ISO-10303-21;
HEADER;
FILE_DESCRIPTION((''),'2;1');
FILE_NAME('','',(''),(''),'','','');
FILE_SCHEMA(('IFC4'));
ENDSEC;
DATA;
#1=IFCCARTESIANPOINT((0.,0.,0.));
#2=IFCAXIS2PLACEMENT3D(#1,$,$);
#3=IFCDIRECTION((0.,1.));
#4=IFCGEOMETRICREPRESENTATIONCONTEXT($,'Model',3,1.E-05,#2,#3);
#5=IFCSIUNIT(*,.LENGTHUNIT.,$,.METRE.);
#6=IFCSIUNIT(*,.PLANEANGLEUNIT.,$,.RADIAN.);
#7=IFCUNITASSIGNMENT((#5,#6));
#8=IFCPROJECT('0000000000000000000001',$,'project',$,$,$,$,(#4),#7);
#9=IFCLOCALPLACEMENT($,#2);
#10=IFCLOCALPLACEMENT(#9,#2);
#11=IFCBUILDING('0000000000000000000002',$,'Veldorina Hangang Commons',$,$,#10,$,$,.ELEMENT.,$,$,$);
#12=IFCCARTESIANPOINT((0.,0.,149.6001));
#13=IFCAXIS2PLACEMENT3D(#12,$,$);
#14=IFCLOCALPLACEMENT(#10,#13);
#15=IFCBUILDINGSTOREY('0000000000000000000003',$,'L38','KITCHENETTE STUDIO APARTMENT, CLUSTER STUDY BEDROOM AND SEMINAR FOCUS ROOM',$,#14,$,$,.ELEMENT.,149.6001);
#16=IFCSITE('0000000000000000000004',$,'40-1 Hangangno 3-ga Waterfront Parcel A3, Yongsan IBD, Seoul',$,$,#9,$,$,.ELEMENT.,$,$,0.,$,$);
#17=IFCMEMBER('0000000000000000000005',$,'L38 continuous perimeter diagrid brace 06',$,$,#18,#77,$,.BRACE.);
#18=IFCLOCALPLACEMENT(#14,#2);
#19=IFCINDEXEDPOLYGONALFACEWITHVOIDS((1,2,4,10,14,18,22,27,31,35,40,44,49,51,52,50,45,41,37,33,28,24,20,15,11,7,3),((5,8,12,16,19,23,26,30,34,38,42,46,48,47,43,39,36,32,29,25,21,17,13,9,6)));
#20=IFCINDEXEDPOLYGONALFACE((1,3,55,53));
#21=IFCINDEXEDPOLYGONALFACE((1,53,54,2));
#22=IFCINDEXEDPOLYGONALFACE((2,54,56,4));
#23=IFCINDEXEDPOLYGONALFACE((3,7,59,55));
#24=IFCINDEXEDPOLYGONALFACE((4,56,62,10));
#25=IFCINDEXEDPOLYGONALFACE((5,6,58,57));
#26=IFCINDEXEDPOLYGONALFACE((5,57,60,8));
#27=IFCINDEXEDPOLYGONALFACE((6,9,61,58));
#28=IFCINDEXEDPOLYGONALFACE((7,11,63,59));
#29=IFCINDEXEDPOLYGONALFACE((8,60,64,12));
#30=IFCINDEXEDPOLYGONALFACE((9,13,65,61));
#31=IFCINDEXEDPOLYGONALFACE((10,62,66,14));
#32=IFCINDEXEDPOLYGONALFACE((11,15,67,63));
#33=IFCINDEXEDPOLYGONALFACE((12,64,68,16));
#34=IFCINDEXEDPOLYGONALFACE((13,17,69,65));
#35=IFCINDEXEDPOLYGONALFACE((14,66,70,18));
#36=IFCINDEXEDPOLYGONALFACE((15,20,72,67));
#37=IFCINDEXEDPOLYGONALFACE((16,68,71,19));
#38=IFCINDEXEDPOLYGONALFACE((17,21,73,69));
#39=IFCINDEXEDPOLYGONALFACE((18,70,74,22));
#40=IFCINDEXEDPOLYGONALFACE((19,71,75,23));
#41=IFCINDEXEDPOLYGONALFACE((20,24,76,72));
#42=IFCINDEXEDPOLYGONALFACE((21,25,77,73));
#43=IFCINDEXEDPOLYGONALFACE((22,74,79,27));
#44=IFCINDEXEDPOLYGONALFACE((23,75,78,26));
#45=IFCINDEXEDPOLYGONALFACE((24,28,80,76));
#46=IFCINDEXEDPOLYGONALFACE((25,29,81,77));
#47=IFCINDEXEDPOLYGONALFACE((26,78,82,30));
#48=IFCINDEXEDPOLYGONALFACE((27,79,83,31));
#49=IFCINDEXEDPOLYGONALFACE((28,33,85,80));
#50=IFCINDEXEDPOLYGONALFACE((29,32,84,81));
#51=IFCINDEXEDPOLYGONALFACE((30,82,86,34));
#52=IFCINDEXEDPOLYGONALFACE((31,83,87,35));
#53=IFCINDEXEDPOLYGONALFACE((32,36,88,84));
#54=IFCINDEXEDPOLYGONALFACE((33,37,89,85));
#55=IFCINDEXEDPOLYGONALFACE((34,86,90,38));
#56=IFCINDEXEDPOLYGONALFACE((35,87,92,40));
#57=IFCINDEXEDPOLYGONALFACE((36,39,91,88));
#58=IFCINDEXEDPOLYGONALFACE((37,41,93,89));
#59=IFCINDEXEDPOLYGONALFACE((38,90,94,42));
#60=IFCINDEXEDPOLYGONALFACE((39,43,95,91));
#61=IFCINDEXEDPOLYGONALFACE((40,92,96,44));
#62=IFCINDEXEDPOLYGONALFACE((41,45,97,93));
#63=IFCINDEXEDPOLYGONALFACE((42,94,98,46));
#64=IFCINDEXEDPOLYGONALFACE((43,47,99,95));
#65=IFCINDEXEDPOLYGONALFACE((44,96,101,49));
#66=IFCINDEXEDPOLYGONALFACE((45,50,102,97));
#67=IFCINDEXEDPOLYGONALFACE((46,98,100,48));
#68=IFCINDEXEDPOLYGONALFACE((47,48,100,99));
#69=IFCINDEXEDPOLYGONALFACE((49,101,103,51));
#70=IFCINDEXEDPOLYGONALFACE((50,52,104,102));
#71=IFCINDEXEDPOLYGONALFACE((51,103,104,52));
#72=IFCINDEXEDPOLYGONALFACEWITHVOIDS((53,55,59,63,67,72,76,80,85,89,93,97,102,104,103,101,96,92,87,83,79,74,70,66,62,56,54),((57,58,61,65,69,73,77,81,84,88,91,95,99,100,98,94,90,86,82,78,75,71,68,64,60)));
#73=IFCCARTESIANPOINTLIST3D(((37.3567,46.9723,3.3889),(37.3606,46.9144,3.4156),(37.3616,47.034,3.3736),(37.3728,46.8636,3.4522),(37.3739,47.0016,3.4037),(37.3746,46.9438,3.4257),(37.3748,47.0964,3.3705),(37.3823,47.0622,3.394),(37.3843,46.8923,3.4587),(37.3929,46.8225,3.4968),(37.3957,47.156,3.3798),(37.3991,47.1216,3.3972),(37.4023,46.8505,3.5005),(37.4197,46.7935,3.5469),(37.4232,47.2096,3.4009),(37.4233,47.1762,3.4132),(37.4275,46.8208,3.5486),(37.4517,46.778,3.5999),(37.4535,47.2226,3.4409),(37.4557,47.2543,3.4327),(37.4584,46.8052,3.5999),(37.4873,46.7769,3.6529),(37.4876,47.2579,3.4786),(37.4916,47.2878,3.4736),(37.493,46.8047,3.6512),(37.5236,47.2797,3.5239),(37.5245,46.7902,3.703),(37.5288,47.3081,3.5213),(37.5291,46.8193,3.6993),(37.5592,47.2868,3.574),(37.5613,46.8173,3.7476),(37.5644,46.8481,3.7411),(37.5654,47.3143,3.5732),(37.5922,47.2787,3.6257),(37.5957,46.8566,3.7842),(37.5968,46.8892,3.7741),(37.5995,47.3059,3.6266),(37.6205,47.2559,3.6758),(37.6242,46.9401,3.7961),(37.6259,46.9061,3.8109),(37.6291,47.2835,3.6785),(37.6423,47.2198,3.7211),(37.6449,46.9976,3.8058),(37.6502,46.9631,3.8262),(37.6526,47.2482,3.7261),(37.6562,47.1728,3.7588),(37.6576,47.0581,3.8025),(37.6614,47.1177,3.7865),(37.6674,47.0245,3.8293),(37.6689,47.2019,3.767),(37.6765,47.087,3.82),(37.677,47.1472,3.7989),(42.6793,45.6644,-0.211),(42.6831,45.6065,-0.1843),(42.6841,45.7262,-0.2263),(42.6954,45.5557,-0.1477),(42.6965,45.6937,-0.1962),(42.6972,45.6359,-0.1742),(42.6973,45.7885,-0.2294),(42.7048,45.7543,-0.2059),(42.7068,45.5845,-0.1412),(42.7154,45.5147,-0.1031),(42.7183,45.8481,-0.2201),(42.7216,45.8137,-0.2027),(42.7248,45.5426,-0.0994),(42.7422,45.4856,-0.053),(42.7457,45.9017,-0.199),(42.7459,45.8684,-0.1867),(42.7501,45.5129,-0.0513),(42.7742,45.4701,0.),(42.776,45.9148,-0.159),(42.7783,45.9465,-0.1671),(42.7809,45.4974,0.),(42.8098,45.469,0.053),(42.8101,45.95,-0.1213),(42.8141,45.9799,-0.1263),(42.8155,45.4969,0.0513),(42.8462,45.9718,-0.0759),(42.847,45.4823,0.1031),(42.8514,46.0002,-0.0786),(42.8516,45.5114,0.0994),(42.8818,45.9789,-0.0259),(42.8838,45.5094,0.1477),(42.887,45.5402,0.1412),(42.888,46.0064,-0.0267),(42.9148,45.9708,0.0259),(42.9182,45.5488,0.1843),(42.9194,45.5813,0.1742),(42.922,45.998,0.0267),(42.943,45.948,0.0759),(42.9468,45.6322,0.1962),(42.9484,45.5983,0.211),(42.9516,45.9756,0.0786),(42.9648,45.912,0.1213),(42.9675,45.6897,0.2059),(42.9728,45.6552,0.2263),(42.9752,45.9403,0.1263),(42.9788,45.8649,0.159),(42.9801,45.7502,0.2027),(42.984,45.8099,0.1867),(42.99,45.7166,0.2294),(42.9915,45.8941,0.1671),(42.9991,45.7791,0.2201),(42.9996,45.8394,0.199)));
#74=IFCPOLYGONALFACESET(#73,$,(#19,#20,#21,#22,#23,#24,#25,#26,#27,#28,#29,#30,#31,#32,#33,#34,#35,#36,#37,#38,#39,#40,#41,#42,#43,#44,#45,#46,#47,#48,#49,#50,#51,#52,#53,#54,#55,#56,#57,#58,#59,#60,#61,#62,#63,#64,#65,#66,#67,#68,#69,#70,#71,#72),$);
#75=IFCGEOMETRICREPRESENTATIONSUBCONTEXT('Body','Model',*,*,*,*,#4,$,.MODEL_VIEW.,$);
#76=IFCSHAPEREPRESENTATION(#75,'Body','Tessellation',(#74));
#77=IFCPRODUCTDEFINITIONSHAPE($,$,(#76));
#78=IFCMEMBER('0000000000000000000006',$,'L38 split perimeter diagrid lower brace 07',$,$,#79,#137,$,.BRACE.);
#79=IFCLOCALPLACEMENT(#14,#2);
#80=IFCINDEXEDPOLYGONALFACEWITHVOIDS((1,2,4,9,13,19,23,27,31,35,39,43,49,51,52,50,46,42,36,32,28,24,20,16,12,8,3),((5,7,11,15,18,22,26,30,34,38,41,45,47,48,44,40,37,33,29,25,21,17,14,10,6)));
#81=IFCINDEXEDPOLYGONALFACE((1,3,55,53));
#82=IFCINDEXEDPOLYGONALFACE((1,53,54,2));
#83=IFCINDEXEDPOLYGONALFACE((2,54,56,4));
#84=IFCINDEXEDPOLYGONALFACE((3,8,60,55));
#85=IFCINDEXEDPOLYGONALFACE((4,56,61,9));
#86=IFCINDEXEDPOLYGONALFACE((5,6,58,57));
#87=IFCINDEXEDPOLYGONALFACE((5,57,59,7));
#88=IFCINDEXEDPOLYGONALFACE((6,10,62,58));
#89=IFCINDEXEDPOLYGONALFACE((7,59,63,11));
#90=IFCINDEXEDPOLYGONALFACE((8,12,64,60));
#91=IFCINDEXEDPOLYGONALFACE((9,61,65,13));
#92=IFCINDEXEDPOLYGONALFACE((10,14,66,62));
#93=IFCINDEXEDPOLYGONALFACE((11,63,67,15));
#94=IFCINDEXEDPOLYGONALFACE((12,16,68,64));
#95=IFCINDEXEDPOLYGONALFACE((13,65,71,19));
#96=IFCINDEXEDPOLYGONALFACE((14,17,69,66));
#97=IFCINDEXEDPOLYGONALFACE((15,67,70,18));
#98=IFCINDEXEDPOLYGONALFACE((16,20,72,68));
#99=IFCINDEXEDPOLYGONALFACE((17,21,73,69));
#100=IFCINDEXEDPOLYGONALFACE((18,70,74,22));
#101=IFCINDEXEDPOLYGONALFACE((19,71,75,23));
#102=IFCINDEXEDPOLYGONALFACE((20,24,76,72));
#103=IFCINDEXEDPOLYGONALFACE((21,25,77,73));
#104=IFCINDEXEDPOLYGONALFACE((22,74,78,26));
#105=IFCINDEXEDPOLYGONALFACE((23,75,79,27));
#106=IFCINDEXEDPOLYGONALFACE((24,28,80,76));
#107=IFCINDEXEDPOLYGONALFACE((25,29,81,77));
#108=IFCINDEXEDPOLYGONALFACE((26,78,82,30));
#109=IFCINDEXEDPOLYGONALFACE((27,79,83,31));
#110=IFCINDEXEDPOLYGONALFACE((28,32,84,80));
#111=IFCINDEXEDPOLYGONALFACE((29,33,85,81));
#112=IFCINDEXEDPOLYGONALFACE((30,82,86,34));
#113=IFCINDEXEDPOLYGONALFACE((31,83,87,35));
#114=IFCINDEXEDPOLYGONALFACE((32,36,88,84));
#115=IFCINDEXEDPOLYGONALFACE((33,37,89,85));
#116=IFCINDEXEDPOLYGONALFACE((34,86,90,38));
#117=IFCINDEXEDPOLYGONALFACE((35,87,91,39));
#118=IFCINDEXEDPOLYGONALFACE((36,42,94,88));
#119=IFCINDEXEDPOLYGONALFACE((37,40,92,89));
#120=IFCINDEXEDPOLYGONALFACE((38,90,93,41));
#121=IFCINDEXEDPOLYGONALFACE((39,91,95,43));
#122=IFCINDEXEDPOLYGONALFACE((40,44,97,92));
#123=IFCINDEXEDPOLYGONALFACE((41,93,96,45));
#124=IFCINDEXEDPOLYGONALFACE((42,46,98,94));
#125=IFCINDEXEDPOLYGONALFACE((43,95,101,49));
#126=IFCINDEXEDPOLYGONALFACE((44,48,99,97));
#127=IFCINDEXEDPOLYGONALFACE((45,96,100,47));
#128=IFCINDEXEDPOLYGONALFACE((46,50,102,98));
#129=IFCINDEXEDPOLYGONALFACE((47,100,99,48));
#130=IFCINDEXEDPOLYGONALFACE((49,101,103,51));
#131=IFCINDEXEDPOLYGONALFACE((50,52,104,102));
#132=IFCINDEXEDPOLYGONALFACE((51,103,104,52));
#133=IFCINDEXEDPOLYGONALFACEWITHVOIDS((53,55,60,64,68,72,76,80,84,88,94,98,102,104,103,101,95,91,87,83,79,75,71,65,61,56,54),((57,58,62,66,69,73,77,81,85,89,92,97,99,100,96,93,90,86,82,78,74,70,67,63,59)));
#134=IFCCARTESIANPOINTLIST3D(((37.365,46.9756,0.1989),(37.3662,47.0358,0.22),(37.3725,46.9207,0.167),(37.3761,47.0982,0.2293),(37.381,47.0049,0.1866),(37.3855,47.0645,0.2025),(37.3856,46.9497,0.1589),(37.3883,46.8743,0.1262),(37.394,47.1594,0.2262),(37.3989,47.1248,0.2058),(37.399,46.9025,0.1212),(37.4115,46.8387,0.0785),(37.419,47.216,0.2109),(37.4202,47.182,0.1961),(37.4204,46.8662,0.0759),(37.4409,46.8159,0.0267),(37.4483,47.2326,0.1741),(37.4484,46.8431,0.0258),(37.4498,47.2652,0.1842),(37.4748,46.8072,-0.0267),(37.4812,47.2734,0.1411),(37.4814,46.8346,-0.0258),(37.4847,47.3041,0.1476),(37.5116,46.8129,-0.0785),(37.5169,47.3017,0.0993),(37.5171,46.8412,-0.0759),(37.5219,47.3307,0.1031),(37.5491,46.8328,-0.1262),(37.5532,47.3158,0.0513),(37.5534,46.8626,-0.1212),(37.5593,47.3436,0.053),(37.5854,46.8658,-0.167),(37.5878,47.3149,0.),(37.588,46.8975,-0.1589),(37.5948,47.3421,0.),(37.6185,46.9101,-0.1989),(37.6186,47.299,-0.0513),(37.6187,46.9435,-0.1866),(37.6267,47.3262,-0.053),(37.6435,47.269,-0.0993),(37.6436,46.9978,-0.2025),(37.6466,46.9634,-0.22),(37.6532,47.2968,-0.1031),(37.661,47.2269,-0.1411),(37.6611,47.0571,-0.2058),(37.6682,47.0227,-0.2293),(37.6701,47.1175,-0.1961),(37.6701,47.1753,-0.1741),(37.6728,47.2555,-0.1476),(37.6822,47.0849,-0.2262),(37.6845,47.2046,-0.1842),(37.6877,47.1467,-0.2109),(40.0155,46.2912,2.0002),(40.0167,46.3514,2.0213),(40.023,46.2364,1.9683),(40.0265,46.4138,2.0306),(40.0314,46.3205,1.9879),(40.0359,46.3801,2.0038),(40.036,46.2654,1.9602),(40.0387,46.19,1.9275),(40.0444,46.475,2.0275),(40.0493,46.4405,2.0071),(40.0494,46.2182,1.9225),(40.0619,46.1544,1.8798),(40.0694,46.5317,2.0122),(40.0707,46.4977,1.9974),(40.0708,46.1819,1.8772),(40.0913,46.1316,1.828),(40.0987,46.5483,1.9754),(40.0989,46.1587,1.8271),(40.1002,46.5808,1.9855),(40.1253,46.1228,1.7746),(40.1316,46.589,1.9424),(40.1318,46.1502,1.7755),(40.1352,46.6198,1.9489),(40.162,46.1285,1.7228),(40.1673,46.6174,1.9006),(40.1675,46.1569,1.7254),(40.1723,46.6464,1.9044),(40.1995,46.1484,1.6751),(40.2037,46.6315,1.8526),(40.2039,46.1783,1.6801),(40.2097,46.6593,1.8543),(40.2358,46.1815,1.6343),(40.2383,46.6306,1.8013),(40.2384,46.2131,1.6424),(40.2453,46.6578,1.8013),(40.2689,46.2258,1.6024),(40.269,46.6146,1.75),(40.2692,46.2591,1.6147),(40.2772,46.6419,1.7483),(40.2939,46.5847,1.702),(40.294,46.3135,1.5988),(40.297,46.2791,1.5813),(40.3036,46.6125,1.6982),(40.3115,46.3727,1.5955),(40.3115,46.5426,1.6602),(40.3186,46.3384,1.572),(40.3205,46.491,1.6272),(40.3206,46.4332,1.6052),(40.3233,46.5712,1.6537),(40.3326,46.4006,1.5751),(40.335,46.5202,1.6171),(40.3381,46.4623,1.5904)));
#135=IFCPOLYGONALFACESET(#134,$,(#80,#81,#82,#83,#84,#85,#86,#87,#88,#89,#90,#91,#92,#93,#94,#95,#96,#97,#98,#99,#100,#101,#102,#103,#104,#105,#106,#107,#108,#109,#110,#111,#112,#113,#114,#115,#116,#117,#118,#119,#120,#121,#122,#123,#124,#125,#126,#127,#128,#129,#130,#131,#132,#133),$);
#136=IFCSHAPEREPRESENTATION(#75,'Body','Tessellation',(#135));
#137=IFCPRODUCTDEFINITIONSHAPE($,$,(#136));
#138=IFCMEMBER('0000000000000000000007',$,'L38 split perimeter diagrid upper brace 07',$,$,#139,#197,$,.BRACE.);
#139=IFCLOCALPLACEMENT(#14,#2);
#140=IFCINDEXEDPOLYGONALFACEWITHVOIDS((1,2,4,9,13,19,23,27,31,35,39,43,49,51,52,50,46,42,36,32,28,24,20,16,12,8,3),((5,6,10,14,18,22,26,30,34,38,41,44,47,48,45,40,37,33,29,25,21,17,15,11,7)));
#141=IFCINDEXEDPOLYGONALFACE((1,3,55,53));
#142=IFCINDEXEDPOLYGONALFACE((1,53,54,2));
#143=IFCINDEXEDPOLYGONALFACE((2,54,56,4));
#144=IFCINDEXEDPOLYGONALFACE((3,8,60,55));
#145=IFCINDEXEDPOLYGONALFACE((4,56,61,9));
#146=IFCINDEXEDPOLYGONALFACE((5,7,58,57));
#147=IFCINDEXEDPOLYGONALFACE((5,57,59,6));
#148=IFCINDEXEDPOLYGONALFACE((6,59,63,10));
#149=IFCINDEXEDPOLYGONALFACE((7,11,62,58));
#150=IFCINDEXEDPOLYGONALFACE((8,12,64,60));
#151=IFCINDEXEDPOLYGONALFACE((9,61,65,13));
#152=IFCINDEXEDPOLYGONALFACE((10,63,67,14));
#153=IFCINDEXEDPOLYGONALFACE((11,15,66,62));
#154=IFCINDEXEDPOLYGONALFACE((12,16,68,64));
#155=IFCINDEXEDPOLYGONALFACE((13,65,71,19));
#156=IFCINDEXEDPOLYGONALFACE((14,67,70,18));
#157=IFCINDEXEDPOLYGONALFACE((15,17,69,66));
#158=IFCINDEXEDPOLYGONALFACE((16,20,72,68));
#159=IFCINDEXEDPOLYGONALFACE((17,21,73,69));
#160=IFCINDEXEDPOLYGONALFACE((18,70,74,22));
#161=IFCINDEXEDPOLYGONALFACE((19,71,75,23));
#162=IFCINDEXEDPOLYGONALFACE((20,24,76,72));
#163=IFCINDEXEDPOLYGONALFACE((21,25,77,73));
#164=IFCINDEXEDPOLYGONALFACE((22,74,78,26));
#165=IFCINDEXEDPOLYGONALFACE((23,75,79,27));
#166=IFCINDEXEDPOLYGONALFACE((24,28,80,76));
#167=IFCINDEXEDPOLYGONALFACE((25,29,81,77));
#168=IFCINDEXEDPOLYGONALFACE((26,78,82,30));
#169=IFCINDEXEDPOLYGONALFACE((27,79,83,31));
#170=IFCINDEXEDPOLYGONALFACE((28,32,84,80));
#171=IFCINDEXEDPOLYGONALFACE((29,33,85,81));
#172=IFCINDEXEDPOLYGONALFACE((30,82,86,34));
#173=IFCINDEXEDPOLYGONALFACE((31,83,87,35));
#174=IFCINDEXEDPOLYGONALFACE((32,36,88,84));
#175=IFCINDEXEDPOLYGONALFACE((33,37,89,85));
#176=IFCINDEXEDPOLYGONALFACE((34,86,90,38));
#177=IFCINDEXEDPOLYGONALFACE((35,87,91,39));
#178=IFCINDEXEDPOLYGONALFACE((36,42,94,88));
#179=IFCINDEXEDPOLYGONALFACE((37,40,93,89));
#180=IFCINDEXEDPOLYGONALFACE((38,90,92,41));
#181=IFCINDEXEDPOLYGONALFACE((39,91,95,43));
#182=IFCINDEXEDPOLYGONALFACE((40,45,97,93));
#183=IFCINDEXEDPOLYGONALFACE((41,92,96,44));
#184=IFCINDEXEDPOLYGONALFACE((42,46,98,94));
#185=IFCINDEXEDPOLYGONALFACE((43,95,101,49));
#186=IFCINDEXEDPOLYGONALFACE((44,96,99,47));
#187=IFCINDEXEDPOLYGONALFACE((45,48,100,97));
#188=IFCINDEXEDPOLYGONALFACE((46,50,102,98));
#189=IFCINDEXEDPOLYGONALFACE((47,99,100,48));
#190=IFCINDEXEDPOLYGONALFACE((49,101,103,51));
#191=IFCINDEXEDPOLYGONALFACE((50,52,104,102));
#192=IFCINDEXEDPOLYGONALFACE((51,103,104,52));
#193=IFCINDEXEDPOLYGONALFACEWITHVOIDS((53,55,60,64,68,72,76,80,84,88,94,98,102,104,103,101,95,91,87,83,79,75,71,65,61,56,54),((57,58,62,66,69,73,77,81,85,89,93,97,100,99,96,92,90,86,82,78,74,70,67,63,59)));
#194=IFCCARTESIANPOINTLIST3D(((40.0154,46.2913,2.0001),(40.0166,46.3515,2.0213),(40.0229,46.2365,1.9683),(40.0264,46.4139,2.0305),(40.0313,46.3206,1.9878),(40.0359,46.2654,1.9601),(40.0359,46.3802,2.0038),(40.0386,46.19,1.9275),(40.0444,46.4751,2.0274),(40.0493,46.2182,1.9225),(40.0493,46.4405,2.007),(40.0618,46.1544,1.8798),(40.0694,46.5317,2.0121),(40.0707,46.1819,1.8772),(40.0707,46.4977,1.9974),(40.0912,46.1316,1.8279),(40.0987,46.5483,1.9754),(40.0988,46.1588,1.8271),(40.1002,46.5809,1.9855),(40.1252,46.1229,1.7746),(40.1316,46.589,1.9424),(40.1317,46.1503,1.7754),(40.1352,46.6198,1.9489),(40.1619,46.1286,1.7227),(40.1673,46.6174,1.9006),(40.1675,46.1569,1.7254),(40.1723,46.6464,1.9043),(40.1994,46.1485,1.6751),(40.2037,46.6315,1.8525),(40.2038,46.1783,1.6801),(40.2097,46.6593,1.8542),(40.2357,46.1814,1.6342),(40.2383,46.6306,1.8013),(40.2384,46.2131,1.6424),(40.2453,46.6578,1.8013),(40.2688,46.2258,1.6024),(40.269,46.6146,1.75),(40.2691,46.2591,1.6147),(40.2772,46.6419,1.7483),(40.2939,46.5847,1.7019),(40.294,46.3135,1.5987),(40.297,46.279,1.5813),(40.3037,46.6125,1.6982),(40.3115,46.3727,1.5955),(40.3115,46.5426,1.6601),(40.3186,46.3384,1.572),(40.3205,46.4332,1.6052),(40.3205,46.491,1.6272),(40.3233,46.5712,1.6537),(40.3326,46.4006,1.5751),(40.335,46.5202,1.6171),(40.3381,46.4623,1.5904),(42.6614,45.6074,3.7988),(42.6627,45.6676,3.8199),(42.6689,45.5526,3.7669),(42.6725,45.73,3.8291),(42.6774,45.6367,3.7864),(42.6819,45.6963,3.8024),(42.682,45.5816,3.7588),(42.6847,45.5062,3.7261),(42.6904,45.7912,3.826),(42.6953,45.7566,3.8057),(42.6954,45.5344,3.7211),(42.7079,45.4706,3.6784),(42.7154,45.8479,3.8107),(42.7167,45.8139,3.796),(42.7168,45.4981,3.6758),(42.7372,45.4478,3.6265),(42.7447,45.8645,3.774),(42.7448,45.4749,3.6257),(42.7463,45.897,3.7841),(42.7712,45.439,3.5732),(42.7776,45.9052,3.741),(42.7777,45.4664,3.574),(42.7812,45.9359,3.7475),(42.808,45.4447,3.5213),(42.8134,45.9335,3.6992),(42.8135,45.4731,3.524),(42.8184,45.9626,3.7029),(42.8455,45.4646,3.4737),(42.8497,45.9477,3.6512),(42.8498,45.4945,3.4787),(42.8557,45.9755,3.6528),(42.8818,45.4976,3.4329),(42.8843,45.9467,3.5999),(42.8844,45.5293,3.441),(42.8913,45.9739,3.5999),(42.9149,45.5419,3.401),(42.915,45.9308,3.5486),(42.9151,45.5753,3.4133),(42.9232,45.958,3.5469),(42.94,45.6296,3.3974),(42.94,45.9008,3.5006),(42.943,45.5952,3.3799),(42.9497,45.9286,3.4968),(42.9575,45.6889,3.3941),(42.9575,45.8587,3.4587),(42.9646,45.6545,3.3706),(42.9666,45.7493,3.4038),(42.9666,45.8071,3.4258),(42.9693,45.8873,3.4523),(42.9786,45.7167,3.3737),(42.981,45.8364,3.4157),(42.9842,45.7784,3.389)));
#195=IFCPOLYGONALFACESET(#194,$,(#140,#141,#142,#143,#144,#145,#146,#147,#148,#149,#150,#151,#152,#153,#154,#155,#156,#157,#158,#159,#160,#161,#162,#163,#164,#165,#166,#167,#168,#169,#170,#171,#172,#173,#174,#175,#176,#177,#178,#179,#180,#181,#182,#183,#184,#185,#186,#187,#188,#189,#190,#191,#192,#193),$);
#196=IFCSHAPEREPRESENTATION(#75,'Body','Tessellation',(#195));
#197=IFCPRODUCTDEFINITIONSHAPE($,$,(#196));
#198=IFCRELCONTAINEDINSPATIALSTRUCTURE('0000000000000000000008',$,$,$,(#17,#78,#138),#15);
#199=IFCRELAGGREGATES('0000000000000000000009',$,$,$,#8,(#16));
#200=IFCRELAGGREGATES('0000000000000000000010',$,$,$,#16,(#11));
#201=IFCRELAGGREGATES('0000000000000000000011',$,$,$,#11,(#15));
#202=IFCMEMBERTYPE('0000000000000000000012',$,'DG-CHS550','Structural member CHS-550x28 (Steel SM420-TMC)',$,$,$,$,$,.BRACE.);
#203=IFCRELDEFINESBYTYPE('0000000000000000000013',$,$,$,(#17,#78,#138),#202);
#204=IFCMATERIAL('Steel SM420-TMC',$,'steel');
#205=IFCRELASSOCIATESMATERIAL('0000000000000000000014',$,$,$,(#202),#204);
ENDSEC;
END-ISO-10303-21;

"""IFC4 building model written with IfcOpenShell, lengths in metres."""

from ifc_helpers import new_model, si_unit, direction, frame, origin, origin_2d, place, context, subcontext, project, spatial, hollow_circle, extrude, material, material_profile, profile_set, type_object, element, save


model = new_model("IFC4")

# Units and contexts
model_context = context("Model", 3, precision=1e-05, world=origin(), true_north=direction((0.0, 1.0)))
body_context = subcontext(model_context, "Body", "Model", "MODEL_VIEW")
ifc_project = project(units=[si_unit("LENGTHUNIT", "METRE"), si_unit("PLANEANGLEUNIT", "RADIAN")], contexts=[model_context])

# Site, building, storey
site_placement = place(None, origin())
site = spatial("IfcSite", under=ifc_project, at=site_placement, Name="40-1 Hangangno 3-ga Waterfront Parcel A3, Yongsan IBD, Seoul", CompositionType="ELEMENT", RefElevation=0.0)
building_placement = place(site_placement, origin())
building = spatial("IfcBuilding", under=site, at=building_placement, Name="Veldorina Hangang Commons", CompositionType="ELEMENT")
storey_placement = place(building_placement, frame((0.0, 0.0, 149.6001)))
storey = spatial("IfcBuildingStorey", under=building, at=storey_placement, Name="L38", Description="KITCHENETTE STUDIO APARTMENT, CLUSTER STUDY BEDROOM AND SEMINAR FOCUS ROOM", CompositionType="ELEMENT", Elevation=149.6001)

# Shared definitions
ifc_material_1 = material(Name="Steel SM420-TMC", Category="steel")

# Members
ifc_material_profile_1 = material_profile(ifc_material_1, hollow_circle(Radius=0.2749, WallThickness=0.0281, at=origin_2d()), Name="CHS-550x28")
ifc_profile_set_1 = profile_set([ifc_material_profile_1], Name="Steel SM420-TMC")
member_type = type_object("IfcMemberType", Name="DG-CHS550", Description="Structural member CHS-550x28 (Steel SM420-TMC)", PredefinedType="BRACE", material=ifc_profile_set_1)
member_1_placement = place(storey_placement, frame((42.8398, 45.7371, 0.0), z_axis=(-0.811689, 0.19945, 0.548982), x_axis=(-0.238624, -0.971112, 0.0)))
element("IfcMember", 1, at=member_1_placement, inside=storey, type_object=member_type, Name="L38 continuous perimeter diagrid brace 06", PredefinedType="BRACE", context=body_context, shape_type="SweptSolid", body=[
    extrude(hollow_circle(Radius=0.2749, WallThickness=0.0281, at=origin_2d()), origin(), (0.0, 0.0, 1.0), 6.5574),
])
member_2_placement = place(storey_placement, frame((37.5261, 47.0759, 0.0), z_axis=(0.808834, -0.20884, 0.549703), x_axis=(0.249999, 0.968246, 0.0)))
element("IfcMember", 2, at=member_2_placement, inside=storey, type_object=member_type, Name="L38 split perimeter diagrid lower brace 07", PredefinedType="BRACE", context=body_context, shape_type="SweptSolid", body=[
    extrude(hollow_circle(Radius=0.2749, WallThickness=0.0281, at=origin_2d()), origin(), (0.0, 0.0, 1.0), 3.2769),
])
member_3_placement = place(storey_placement, frame((40.1765, 46.3916, 1.8013), z_axis=(0.80876, -0.209018, 0.549745), x_axis=(0.250221, 0.968189, 0.0)))
element("IfcMember", 3, at=member_3_placement, inside=storey, type_object=member_type, Name="L38 split perimeter diagrid upper brace 07", PredefinedType="BRACE", context=body_context, shape_type="SweptSolid", body=[
    extrude(hollow_circle(Radius=0.2749, WallThickness=0.0281, at=origin_2d()), origin(), (0.0, 0.0, 1.0), 3.2717),
])

save(model, "model.ifc")
